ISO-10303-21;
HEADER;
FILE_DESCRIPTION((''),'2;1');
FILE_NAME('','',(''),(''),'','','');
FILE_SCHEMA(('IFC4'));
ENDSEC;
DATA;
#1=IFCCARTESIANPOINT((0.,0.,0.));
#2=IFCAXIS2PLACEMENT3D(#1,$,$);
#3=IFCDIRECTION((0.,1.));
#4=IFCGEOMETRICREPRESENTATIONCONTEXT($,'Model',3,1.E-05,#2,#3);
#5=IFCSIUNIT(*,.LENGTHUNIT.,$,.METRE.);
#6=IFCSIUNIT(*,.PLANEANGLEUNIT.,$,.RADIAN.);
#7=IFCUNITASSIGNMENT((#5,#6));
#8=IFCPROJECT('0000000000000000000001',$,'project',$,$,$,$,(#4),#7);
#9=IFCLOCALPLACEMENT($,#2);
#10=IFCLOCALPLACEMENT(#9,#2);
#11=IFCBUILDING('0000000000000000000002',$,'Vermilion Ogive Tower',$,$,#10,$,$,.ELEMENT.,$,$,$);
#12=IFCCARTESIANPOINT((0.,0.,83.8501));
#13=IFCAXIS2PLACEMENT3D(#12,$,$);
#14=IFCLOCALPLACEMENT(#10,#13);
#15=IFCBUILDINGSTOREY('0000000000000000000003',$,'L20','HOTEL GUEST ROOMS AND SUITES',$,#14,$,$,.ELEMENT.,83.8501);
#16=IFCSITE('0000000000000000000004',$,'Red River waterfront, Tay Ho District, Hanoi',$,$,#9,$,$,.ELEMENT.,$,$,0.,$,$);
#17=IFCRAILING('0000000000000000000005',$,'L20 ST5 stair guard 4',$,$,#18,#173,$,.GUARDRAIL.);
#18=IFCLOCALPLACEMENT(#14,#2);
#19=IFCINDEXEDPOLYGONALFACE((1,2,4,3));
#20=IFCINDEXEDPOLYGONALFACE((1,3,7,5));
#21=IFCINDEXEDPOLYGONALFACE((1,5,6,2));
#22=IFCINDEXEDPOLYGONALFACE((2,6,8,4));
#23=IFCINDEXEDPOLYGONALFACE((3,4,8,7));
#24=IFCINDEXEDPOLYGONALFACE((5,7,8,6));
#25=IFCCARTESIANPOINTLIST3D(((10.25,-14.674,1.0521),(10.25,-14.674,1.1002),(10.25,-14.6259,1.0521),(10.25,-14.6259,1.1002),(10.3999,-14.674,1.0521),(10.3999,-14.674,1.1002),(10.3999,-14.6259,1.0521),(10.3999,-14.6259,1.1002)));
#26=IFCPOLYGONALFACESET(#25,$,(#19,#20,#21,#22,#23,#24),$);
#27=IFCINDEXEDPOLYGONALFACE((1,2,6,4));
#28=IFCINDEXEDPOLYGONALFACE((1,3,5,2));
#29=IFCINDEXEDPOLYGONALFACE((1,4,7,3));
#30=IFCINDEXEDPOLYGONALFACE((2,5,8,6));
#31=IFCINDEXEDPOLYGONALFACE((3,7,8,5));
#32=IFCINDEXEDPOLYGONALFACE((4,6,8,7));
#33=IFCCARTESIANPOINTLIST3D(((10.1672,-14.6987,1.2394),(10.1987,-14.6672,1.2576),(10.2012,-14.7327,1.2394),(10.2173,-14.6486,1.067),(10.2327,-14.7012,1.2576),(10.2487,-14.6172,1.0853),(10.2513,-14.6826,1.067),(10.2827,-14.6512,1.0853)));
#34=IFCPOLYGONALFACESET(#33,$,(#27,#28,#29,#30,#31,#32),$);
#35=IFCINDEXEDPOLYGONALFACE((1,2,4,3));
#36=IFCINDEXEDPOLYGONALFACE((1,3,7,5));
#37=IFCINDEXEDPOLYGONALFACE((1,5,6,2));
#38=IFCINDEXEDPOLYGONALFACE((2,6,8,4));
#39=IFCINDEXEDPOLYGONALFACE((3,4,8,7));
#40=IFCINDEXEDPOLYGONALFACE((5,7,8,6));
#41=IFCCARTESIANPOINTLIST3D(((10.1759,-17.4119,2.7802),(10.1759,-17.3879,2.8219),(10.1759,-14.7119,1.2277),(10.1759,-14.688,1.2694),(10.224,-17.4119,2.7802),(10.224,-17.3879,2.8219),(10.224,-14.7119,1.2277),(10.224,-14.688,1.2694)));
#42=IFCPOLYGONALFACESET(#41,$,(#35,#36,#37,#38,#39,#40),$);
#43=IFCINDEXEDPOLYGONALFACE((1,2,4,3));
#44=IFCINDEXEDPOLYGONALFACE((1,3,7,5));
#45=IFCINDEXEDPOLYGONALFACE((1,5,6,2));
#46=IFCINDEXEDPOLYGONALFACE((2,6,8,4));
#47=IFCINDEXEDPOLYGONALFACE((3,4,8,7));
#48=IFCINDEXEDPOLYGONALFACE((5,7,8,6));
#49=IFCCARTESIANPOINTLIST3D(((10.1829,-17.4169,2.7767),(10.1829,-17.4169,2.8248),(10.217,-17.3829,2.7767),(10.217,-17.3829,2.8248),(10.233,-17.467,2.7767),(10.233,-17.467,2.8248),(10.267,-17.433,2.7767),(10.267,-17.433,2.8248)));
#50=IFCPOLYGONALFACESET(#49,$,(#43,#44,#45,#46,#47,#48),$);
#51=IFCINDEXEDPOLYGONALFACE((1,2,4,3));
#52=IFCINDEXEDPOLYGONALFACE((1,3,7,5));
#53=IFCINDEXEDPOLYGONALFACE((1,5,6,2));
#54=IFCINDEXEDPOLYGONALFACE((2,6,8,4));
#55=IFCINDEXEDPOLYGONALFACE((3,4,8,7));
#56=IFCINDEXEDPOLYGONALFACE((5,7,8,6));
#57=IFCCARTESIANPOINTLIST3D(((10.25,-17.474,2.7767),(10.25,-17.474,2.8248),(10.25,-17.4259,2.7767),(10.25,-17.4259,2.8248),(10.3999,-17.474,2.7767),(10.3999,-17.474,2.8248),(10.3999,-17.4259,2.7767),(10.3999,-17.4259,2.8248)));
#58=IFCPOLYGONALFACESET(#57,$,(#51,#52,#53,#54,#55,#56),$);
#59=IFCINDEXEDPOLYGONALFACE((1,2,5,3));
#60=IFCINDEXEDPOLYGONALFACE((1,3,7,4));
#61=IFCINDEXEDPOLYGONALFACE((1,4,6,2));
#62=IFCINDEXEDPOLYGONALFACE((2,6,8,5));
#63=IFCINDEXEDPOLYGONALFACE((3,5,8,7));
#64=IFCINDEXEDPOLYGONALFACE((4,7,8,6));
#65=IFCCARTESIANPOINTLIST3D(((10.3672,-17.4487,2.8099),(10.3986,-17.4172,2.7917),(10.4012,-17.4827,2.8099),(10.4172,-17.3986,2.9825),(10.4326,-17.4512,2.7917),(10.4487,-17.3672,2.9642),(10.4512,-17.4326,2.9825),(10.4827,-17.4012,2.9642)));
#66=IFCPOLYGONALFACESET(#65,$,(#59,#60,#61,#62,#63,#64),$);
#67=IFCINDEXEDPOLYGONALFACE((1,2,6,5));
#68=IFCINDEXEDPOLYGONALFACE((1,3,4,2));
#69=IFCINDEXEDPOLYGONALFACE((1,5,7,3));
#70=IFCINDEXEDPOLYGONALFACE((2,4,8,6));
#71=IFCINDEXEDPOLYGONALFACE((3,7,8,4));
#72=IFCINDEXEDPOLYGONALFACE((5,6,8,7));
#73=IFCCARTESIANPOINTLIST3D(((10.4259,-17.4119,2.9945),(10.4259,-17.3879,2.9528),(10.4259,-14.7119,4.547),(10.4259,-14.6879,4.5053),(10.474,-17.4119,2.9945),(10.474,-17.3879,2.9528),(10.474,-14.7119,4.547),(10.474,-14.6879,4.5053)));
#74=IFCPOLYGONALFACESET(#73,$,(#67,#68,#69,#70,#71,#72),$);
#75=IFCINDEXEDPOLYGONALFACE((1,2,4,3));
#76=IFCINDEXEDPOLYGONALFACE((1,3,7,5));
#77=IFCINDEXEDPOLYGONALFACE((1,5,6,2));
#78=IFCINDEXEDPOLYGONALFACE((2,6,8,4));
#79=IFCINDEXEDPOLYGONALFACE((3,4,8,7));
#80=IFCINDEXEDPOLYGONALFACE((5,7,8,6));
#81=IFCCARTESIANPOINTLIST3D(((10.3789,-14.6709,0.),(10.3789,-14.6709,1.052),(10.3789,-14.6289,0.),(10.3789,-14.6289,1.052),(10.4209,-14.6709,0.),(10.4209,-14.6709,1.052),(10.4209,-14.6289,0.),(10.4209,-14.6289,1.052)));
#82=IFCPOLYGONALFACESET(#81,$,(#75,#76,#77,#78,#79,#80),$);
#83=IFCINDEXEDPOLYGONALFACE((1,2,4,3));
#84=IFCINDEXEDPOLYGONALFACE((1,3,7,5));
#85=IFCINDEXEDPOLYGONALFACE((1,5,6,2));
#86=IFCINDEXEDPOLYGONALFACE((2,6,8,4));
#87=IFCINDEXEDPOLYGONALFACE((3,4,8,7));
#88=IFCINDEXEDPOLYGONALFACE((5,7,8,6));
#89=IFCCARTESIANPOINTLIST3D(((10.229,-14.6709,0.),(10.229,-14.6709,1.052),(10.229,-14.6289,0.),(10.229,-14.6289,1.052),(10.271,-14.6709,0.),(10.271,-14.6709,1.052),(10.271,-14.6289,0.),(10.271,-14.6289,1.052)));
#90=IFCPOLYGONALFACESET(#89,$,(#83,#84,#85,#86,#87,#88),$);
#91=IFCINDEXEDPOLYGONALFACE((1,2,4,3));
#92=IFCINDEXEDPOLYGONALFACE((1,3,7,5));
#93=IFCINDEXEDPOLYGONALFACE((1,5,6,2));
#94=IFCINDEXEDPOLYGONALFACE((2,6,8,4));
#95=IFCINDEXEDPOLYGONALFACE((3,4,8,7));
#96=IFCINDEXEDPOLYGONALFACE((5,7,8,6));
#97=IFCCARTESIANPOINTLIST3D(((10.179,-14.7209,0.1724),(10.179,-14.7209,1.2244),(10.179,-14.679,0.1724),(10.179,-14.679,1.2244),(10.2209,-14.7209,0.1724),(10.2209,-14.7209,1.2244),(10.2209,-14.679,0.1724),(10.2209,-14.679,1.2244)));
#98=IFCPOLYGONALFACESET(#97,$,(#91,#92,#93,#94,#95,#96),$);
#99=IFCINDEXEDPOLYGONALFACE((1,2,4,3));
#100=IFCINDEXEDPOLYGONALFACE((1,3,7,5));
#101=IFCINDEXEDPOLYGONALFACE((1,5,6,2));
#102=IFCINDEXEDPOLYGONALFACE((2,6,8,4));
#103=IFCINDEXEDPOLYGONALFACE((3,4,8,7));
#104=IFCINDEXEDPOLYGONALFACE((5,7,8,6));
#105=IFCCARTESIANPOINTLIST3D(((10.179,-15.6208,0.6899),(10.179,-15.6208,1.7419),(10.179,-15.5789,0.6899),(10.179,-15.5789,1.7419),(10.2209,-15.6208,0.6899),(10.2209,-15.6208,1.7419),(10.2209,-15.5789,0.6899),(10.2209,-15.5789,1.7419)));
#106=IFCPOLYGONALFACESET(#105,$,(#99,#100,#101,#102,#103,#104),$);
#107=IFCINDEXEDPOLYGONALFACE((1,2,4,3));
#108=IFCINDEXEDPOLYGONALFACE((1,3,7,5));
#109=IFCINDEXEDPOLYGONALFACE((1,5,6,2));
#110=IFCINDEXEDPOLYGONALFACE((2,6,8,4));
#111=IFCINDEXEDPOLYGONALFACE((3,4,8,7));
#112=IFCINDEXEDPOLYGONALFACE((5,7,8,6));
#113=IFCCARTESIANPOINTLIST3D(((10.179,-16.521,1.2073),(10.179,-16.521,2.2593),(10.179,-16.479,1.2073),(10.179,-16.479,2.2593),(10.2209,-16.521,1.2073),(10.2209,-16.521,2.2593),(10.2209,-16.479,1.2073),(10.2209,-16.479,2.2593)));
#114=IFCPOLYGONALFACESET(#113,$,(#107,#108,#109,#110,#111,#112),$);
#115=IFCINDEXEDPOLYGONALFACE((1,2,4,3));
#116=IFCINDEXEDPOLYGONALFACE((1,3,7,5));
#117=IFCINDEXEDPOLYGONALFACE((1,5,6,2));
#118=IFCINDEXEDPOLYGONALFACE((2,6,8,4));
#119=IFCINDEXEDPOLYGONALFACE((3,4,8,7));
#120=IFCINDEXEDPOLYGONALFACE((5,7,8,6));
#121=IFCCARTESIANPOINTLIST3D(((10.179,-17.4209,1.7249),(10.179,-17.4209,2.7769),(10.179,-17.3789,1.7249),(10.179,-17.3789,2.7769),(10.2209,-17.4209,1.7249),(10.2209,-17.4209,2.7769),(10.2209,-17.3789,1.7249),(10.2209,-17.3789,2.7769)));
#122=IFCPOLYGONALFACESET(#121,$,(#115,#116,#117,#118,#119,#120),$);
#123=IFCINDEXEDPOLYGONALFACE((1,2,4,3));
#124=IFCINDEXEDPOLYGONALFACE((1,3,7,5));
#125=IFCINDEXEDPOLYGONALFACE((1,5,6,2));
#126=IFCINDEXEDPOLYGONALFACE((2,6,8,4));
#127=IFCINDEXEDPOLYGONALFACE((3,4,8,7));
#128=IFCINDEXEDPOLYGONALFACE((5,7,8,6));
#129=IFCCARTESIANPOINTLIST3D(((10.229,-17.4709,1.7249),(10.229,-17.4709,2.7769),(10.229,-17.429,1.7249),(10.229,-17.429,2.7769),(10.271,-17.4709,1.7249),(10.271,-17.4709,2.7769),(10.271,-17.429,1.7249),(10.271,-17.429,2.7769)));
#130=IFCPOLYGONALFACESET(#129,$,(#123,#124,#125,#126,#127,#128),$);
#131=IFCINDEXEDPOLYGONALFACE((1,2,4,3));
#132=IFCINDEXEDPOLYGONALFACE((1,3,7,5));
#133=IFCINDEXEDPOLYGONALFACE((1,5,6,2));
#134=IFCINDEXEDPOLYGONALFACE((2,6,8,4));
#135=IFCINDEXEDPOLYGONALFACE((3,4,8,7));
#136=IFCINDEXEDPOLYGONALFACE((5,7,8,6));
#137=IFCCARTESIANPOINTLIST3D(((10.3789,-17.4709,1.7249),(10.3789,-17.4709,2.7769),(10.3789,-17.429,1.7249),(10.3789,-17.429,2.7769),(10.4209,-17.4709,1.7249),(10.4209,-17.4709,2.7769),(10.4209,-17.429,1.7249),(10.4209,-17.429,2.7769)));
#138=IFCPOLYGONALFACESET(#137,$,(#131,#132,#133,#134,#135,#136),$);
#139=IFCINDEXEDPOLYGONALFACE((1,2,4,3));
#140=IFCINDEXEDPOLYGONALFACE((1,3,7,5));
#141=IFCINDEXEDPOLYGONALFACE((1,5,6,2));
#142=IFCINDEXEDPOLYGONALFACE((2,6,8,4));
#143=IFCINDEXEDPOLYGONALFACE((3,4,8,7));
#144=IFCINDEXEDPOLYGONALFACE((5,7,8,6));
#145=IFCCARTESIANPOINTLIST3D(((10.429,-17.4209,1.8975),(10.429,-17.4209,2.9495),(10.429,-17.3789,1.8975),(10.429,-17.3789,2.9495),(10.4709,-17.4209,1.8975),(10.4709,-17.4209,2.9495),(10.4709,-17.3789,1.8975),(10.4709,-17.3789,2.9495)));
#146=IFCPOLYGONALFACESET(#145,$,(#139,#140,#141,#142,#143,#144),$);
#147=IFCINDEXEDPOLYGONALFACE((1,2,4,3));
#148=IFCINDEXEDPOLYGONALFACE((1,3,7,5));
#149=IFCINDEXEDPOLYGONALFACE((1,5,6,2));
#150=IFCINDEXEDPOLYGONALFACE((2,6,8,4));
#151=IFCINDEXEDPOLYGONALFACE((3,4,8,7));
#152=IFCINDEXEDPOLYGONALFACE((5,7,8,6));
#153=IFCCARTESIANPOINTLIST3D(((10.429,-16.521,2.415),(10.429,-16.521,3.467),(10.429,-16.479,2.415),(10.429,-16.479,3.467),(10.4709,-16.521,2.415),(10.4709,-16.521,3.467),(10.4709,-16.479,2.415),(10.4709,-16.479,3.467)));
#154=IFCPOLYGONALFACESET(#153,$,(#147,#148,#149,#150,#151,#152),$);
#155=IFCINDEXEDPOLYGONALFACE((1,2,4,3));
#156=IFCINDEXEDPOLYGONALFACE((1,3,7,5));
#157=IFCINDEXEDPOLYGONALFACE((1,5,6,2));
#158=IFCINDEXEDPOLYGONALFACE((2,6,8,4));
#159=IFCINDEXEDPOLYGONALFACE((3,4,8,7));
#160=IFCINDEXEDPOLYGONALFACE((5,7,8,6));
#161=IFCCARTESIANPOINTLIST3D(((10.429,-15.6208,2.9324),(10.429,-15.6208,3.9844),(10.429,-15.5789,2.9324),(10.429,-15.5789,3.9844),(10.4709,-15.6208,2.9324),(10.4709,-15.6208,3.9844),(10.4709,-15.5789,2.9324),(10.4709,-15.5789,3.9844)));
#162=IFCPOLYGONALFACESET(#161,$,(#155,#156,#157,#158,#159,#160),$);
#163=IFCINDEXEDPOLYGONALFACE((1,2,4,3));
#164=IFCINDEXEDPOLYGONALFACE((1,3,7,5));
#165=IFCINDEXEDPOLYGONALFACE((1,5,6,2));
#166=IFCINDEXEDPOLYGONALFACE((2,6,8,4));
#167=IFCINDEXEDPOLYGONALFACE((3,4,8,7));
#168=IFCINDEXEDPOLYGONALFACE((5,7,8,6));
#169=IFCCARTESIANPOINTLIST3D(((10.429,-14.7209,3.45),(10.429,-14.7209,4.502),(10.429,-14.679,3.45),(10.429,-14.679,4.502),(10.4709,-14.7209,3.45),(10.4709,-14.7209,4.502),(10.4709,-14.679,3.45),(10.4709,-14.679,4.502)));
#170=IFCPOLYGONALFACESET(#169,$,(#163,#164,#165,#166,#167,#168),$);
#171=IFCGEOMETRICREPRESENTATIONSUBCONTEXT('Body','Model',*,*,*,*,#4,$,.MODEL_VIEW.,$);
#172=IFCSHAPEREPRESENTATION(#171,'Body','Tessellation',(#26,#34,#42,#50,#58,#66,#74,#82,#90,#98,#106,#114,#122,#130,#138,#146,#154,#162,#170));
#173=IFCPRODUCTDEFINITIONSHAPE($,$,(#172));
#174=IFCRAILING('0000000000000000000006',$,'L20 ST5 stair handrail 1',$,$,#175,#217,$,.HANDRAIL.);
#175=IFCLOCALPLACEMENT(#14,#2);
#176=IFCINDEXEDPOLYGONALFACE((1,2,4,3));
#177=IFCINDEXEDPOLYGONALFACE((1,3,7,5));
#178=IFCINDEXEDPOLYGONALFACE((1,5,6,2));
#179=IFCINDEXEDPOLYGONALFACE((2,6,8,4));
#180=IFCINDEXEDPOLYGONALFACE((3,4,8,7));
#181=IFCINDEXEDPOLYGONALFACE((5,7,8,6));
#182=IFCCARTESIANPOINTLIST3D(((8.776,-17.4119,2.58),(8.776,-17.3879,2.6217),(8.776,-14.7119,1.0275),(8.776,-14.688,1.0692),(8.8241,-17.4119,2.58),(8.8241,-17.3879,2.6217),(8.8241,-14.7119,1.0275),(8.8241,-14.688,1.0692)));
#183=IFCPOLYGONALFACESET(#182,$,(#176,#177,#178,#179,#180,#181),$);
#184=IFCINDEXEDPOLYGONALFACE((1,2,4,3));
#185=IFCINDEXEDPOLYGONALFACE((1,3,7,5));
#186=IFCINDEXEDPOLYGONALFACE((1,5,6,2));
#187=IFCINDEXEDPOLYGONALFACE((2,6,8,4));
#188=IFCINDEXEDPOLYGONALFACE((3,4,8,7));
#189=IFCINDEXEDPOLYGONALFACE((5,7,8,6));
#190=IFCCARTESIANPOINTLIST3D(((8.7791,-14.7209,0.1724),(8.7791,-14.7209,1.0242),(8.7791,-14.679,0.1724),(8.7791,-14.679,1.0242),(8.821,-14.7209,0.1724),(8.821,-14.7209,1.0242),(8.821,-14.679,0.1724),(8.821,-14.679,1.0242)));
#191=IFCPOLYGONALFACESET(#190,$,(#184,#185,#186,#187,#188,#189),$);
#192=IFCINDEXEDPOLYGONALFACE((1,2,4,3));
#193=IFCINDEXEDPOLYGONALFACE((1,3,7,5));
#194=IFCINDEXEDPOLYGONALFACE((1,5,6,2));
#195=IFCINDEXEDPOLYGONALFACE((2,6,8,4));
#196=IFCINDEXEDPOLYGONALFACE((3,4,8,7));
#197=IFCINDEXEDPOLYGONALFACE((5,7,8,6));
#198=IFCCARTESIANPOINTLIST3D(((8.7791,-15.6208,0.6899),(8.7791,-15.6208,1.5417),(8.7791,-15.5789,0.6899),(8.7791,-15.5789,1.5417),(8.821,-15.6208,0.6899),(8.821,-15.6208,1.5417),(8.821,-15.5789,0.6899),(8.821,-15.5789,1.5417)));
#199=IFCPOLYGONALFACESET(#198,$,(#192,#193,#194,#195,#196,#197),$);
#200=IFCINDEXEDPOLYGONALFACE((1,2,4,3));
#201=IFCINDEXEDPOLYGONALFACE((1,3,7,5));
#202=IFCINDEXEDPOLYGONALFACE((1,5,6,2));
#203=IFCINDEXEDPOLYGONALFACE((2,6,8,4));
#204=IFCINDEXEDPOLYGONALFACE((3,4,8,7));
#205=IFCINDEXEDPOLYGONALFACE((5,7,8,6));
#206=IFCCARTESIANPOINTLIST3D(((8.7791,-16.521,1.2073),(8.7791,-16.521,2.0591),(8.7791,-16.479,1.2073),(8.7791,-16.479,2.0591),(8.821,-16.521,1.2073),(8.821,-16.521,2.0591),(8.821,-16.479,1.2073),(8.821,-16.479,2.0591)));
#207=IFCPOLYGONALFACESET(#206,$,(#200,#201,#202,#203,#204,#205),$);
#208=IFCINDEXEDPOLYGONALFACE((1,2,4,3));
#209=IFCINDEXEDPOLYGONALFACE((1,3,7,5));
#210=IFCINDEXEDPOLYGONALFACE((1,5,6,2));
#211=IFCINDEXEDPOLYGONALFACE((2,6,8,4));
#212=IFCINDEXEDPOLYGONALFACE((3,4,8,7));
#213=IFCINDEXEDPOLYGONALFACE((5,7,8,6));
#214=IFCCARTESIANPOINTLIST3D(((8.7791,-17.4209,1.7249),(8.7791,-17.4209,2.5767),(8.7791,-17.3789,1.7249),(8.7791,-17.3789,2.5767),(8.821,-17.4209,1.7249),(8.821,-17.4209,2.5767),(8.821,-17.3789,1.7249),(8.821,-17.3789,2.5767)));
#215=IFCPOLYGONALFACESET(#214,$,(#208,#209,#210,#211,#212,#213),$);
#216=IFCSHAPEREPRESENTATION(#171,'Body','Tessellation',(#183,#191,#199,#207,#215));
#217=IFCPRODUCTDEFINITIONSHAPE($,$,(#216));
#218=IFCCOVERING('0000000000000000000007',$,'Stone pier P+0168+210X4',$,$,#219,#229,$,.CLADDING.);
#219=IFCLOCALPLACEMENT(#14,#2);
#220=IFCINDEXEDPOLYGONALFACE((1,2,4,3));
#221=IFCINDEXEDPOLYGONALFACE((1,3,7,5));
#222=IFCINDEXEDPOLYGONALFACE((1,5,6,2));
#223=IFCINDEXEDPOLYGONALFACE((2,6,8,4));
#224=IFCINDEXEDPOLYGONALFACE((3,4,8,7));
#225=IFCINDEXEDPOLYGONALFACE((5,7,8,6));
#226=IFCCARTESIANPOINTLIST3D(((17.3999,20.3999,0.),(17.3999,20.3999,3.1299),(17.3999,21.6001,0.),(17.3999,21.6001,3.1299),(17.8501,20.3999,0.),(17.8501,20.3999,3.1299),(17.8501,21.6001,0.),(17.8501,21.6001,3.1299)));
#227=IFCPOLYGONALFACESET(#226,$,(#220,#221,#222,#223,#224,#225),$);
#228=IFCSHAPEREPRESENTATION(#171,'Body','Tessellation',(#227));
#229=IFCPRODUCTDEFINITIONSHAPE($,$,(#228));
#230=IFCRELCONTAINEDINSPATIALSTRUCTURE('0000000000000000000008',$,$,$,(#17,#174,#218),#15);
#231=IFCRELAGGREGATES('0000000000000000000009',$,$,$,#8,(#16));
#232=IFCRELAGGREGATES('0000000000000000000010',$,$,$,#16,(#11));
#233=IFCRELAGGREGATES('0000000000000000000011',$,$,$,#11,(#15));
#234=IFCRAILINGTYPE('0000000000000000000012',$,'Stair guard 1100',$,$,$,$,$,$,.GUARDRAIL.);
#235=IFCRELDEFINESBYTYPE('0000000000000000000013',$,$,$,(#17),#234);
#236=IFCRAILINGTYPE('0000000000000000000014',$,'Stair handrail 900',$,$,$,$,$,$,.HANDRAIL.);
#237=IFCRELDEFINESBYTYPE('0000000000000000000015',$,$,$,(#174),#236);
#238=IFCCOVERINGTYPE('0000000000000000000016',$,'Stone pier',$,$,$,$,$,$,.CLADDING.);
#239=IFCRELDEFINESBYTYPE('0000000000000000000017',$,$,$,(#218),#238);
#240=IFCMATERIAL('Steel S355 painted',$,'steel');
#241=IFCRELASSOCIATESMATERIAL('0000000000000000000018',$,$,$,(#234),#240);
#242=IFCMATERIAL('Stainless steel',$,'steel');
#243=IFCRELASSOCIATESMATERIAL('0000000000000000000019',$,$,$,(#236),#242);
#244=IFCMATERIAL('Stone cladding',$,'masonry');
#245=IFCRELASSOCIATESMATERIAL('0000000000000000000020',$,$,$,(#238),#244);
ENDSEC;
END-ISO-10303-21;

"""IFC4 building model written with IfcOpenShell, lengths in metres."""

from ifc_helpers import new_model, si_unit, direction, frame, origin, origin_2d, place, context, subcontext, project, spatial, polyline, rectangle, outline, extrude, material, type_object, element, save


model = new_model("IFC4")

# Units and contexts
model_context = context("Model", 3, precision=1e-05, world=origin(), true_north=direction((0.0, 1.0)))
body_context = subcontext(model_context, "Body", "Model", "MODEL_VIEW")
ifc_project = project(units=[si_unit("LENGTHUNIT", "METRE"), si_unit("PLANEANGLEUNIT", "RADIAN")], contexts=[model_context])

# Site, building, storey
site_placement = place(None, origin())
site = spatial("IfcSite", under=ifc_project, at=site_placement, Name="Red River waterfront, Tay Ho District, Hanoi", CompositionType="ELEMENT", RefElevation=0.0)
building_placement = place(site_placement, origin())
building = spatial("IfcBuilding", under=site, at=building_placement, Name="Vermilion Ogive Tower", CompositionType="ELEMENT")
storey_placement = place(building_placement, frame((0.0, 0.0, 83.8501)))
storey = spatial("IfcBuildingStorey", under=building, at=storey_placement, Name="L20", Description="HOTEL GUEST ROOMS AND SUITES", CompositionType="ELEMENT", Elevation=83.8501)

# Railings
ifc_material_1 = material(Name="Steel S355 painted", Category="steel")
railing_type_1 = type_object("IfcRailingType", Name="Stair guard 1100", PredefinedType="GUARDRAIL", material=ifc_material_1)
railing_1_placement = place(storey_placement, frame((10.3999, -14.6499, 0.0)))
element("IfcRailing", 1, at=railing_1_placement, inside=storey, type_object=railing_type_1, Name="L20 ST5 stair guard 4", PredefinedType="GUARDRAIL", context=body_context, shape_type="SweptSolid", body=[
    extrude(rectangle(XDim=0.0481, YDim=0.0481, at=origin_2d()), frame((0.0, 0.0, 1.0762), z_axis=(-1.0, 0.0, 0.0), x_axis=(0.0, -1.0, 0.0)), (0.0, 0.0, 1.0), 0.1499),
    extrude(rectangle(XDim=0.0481, YDim=0.0481, at=origin_2d()), frame((-0.1499, 0.0, 1.0762), z_axis=(-0.268603, -0.268603, 0.925043), x_axis=(0.707107, -0.707107, 0.0)), (0.0, 0.0, 1.0), 0.1863),
    extrude(rectangle(XDim=0.0481, YDim=0.0481, at=origin_2d()), frame((-0.2, -0.05, 1.2485), z_axis=(0.0, -0.866904, 0.498476), x_axis=(1.0, 0.0, 0.0)), (0.0, 0.0, 1.0), 3.1145),
    extrude(rectangle(XDim=0.0481, YDim=0.0481, at=origin_2d()), frame((-0.2, -2.75, 2.8008), z_axis=(0.707107, -0.707107, 0.0), x_axis=(0.707107, 0.707107, 0.0)), (0.0, 0.0, 1.0), 0.0708),
    extrude(rectangle(XDim=0.0481, YDim=0.0481, at=origin_2d()), frame((-0.1499, -2.8, 2.8008), z_axis=(1.0, 0.0, 0.0), x_axis=(0.0, 1.0, 0.0)), (0.0, 0.0, 1.0), 0.1499),
    extrude(rectangle(XDim=0.0481, YDim=0.0481, at=origin_2d()), frame((0.0, -2.8, 2.8008), z_axis=(0.268278, 0.268278, 0.925232), x_axis=(-0.707107, 0.707107, 0.0)), (0.0, 0.0, 1.0), 0.1865),
    extrude(rectangle(XDim=0.0481, YDim=0.0481, at=origin_2d()), frame((0.05, -2.75, 2.9736), z_axis=(0.0, 0.866904, 0.498476), x_axis=(-1.0, 0.0, 0.0)), (0.0, 0.0, 1.0), 3.1145),
    extrude(rectangle(XDim=0.042, YDim=0.042, at=origin_2d()), origin(), (0.0, 0.0, 1.0), 1.052),
    extrude(rectangle(XDim=0.042, YDim=0.042, at=origin_2d()), frame((-0.1499, 0.0, 0.0)), (0.0, 0.0, 1.0), 1.052),
    extrude(rectangle(XDim=0.042, YDim=0.042, at=origin_2d()), frame((-0.2, -0.05, 0.1724)), (0.0, 0.0, 1.0), 1.052),
    extrude(rectangle(XDim=0.042, YDim=0.042, at=origin_2d()), frame((-0.2, -0.95, 0.6899)), (0.0, 0.0, 1.0), 1.052),
    extrude(rectangle(XDim=0.042, YDim=0.042, at=origin_2d()), frame((-0.2, -1.8501, 1.2073)), (0.0, 0.0, 1.0), 1.052),
    extrude(rectangle(XDim=0.042, YDim=0.042, at=origin_2d()), frame((-0.2, -2.75, 1.7249)), (0.0, 0.0, 1.0), 1.052),
    extrude(rectangle(XDim=0.042, YDim=0.042, at=origin_2d()), frame((-0.1499, -2.8, 1.7249)), (0.0, 0.0, 1.0), 1.052),
    extrude(rectangle(XDim=0.042, YDim=0.042, at=origin_2d()), frame((0.0, -2.8, 1.7249)), (0.0, 0.0, 1.0), 1.052),
    extrude(rectangle(XDim=0.042, YDim=0.042, at=origin_2d()), frame((0.05, -2.75, 1.8975)), (0.0, 0.0, 1.0), 1.052),
    extrude(rectangle(XDim=0.042, YDim=0.042, at=origin_2d()), frame((0.05, -1.8501, 2.415)), (0.0, 0.0, 1.0), 1.052),
    extrude(rectangle(XDim=0.042, YDim=0.042, at=origin_2d()), frame((0.05, -0.95, 2.9324)), (0.0, 0.0, 1.0), 1.052),
    extrude(rectangle(XDim=0.042, YDim=0.042, at=origin_2d()), frame((0.05, -0.05, 3.45)), (0.0, 0.0, 1.0), 1.052),
])
ifc_material_2 = material(Name="Stainless steel", Category="steel")
railing_type_2 = type_object("IfcRailingType", Name="Stair handrail 900", PredefinedType="HANDRAIL", material=ifc_material_2)
railing_2_placement = place(storey_placement, frame((8.8, -14.7, 0.1724)))
element("IfcRailing", 2, at=railing_2_placement, inside=storey, type_object=railing_type_2, Name="L20 ST5 stair handrail 1", PredefinedType="HANDRAIL", context=body_context, shape_type="SweptSolid", body=[
    extrude(rectangle(XDim=0.0481, YDim=0.0481, at=origin_2d()), frame((0.0, 0.0, 0.876), z_axis=(0.0, -0.866904, 0.498476), x_axis=(1.0, 0.0, 0.0)), (0.0, 0.0, 1.0), 3.1145),
    extrude(rectangle(XDim=0.042, YDim=0.042, at=origin_2d()), origin(), (0.0, 0.0, 1.0), 0.8518),
    extrude(rectangle(XDim=0.042, YDim=0.042, at=origin_2d()), frame((0.0, -0.8999, 0.5176)), (0.0, 0.0, 1.0), 0.8518),
    extrude(rectangle(XDim=0.042, YDim=0.042, at=origin_2d()), frame((0.0, -1.8, 1.0349)), (0.0, 0.0, 1.0), 0.8518),
    extrude(rectangle(XDim=0.042, YDim=0.042, at=origin_2d()), frame((0.0, -2.7, 1.5525)), (0.0, 0.0, 1.0), 0.8518),
])

# Covering
ifc_material_3 = material(Name="Stone cladding", Category="masonry")
covering_type = type_object("IfcCoveringType", Name="Stone pier", PredefinedType="CLADDING", material=ifc_material_3)
covering_1_placement = place(storey_placement, origin())
element("IfcCovering", 3, at=covering_1_placement, inside=storey, type_object=covering_type, Name="Stone pier P+0168+210X4", PredefinedType="CLADDING", context=body_context, shape_type="SweptSolid", body=[
    extrude(outline(polyline([(17.8501, 21.6001), (17.8501, 20.3999), (17.3999, 20.3999), (17.3999, 21.6001), (17.8501, 21.6001)])), origin(), (0.0, 0.0, 1.0), 3.1299),
])

save(model, "model.ifc")
